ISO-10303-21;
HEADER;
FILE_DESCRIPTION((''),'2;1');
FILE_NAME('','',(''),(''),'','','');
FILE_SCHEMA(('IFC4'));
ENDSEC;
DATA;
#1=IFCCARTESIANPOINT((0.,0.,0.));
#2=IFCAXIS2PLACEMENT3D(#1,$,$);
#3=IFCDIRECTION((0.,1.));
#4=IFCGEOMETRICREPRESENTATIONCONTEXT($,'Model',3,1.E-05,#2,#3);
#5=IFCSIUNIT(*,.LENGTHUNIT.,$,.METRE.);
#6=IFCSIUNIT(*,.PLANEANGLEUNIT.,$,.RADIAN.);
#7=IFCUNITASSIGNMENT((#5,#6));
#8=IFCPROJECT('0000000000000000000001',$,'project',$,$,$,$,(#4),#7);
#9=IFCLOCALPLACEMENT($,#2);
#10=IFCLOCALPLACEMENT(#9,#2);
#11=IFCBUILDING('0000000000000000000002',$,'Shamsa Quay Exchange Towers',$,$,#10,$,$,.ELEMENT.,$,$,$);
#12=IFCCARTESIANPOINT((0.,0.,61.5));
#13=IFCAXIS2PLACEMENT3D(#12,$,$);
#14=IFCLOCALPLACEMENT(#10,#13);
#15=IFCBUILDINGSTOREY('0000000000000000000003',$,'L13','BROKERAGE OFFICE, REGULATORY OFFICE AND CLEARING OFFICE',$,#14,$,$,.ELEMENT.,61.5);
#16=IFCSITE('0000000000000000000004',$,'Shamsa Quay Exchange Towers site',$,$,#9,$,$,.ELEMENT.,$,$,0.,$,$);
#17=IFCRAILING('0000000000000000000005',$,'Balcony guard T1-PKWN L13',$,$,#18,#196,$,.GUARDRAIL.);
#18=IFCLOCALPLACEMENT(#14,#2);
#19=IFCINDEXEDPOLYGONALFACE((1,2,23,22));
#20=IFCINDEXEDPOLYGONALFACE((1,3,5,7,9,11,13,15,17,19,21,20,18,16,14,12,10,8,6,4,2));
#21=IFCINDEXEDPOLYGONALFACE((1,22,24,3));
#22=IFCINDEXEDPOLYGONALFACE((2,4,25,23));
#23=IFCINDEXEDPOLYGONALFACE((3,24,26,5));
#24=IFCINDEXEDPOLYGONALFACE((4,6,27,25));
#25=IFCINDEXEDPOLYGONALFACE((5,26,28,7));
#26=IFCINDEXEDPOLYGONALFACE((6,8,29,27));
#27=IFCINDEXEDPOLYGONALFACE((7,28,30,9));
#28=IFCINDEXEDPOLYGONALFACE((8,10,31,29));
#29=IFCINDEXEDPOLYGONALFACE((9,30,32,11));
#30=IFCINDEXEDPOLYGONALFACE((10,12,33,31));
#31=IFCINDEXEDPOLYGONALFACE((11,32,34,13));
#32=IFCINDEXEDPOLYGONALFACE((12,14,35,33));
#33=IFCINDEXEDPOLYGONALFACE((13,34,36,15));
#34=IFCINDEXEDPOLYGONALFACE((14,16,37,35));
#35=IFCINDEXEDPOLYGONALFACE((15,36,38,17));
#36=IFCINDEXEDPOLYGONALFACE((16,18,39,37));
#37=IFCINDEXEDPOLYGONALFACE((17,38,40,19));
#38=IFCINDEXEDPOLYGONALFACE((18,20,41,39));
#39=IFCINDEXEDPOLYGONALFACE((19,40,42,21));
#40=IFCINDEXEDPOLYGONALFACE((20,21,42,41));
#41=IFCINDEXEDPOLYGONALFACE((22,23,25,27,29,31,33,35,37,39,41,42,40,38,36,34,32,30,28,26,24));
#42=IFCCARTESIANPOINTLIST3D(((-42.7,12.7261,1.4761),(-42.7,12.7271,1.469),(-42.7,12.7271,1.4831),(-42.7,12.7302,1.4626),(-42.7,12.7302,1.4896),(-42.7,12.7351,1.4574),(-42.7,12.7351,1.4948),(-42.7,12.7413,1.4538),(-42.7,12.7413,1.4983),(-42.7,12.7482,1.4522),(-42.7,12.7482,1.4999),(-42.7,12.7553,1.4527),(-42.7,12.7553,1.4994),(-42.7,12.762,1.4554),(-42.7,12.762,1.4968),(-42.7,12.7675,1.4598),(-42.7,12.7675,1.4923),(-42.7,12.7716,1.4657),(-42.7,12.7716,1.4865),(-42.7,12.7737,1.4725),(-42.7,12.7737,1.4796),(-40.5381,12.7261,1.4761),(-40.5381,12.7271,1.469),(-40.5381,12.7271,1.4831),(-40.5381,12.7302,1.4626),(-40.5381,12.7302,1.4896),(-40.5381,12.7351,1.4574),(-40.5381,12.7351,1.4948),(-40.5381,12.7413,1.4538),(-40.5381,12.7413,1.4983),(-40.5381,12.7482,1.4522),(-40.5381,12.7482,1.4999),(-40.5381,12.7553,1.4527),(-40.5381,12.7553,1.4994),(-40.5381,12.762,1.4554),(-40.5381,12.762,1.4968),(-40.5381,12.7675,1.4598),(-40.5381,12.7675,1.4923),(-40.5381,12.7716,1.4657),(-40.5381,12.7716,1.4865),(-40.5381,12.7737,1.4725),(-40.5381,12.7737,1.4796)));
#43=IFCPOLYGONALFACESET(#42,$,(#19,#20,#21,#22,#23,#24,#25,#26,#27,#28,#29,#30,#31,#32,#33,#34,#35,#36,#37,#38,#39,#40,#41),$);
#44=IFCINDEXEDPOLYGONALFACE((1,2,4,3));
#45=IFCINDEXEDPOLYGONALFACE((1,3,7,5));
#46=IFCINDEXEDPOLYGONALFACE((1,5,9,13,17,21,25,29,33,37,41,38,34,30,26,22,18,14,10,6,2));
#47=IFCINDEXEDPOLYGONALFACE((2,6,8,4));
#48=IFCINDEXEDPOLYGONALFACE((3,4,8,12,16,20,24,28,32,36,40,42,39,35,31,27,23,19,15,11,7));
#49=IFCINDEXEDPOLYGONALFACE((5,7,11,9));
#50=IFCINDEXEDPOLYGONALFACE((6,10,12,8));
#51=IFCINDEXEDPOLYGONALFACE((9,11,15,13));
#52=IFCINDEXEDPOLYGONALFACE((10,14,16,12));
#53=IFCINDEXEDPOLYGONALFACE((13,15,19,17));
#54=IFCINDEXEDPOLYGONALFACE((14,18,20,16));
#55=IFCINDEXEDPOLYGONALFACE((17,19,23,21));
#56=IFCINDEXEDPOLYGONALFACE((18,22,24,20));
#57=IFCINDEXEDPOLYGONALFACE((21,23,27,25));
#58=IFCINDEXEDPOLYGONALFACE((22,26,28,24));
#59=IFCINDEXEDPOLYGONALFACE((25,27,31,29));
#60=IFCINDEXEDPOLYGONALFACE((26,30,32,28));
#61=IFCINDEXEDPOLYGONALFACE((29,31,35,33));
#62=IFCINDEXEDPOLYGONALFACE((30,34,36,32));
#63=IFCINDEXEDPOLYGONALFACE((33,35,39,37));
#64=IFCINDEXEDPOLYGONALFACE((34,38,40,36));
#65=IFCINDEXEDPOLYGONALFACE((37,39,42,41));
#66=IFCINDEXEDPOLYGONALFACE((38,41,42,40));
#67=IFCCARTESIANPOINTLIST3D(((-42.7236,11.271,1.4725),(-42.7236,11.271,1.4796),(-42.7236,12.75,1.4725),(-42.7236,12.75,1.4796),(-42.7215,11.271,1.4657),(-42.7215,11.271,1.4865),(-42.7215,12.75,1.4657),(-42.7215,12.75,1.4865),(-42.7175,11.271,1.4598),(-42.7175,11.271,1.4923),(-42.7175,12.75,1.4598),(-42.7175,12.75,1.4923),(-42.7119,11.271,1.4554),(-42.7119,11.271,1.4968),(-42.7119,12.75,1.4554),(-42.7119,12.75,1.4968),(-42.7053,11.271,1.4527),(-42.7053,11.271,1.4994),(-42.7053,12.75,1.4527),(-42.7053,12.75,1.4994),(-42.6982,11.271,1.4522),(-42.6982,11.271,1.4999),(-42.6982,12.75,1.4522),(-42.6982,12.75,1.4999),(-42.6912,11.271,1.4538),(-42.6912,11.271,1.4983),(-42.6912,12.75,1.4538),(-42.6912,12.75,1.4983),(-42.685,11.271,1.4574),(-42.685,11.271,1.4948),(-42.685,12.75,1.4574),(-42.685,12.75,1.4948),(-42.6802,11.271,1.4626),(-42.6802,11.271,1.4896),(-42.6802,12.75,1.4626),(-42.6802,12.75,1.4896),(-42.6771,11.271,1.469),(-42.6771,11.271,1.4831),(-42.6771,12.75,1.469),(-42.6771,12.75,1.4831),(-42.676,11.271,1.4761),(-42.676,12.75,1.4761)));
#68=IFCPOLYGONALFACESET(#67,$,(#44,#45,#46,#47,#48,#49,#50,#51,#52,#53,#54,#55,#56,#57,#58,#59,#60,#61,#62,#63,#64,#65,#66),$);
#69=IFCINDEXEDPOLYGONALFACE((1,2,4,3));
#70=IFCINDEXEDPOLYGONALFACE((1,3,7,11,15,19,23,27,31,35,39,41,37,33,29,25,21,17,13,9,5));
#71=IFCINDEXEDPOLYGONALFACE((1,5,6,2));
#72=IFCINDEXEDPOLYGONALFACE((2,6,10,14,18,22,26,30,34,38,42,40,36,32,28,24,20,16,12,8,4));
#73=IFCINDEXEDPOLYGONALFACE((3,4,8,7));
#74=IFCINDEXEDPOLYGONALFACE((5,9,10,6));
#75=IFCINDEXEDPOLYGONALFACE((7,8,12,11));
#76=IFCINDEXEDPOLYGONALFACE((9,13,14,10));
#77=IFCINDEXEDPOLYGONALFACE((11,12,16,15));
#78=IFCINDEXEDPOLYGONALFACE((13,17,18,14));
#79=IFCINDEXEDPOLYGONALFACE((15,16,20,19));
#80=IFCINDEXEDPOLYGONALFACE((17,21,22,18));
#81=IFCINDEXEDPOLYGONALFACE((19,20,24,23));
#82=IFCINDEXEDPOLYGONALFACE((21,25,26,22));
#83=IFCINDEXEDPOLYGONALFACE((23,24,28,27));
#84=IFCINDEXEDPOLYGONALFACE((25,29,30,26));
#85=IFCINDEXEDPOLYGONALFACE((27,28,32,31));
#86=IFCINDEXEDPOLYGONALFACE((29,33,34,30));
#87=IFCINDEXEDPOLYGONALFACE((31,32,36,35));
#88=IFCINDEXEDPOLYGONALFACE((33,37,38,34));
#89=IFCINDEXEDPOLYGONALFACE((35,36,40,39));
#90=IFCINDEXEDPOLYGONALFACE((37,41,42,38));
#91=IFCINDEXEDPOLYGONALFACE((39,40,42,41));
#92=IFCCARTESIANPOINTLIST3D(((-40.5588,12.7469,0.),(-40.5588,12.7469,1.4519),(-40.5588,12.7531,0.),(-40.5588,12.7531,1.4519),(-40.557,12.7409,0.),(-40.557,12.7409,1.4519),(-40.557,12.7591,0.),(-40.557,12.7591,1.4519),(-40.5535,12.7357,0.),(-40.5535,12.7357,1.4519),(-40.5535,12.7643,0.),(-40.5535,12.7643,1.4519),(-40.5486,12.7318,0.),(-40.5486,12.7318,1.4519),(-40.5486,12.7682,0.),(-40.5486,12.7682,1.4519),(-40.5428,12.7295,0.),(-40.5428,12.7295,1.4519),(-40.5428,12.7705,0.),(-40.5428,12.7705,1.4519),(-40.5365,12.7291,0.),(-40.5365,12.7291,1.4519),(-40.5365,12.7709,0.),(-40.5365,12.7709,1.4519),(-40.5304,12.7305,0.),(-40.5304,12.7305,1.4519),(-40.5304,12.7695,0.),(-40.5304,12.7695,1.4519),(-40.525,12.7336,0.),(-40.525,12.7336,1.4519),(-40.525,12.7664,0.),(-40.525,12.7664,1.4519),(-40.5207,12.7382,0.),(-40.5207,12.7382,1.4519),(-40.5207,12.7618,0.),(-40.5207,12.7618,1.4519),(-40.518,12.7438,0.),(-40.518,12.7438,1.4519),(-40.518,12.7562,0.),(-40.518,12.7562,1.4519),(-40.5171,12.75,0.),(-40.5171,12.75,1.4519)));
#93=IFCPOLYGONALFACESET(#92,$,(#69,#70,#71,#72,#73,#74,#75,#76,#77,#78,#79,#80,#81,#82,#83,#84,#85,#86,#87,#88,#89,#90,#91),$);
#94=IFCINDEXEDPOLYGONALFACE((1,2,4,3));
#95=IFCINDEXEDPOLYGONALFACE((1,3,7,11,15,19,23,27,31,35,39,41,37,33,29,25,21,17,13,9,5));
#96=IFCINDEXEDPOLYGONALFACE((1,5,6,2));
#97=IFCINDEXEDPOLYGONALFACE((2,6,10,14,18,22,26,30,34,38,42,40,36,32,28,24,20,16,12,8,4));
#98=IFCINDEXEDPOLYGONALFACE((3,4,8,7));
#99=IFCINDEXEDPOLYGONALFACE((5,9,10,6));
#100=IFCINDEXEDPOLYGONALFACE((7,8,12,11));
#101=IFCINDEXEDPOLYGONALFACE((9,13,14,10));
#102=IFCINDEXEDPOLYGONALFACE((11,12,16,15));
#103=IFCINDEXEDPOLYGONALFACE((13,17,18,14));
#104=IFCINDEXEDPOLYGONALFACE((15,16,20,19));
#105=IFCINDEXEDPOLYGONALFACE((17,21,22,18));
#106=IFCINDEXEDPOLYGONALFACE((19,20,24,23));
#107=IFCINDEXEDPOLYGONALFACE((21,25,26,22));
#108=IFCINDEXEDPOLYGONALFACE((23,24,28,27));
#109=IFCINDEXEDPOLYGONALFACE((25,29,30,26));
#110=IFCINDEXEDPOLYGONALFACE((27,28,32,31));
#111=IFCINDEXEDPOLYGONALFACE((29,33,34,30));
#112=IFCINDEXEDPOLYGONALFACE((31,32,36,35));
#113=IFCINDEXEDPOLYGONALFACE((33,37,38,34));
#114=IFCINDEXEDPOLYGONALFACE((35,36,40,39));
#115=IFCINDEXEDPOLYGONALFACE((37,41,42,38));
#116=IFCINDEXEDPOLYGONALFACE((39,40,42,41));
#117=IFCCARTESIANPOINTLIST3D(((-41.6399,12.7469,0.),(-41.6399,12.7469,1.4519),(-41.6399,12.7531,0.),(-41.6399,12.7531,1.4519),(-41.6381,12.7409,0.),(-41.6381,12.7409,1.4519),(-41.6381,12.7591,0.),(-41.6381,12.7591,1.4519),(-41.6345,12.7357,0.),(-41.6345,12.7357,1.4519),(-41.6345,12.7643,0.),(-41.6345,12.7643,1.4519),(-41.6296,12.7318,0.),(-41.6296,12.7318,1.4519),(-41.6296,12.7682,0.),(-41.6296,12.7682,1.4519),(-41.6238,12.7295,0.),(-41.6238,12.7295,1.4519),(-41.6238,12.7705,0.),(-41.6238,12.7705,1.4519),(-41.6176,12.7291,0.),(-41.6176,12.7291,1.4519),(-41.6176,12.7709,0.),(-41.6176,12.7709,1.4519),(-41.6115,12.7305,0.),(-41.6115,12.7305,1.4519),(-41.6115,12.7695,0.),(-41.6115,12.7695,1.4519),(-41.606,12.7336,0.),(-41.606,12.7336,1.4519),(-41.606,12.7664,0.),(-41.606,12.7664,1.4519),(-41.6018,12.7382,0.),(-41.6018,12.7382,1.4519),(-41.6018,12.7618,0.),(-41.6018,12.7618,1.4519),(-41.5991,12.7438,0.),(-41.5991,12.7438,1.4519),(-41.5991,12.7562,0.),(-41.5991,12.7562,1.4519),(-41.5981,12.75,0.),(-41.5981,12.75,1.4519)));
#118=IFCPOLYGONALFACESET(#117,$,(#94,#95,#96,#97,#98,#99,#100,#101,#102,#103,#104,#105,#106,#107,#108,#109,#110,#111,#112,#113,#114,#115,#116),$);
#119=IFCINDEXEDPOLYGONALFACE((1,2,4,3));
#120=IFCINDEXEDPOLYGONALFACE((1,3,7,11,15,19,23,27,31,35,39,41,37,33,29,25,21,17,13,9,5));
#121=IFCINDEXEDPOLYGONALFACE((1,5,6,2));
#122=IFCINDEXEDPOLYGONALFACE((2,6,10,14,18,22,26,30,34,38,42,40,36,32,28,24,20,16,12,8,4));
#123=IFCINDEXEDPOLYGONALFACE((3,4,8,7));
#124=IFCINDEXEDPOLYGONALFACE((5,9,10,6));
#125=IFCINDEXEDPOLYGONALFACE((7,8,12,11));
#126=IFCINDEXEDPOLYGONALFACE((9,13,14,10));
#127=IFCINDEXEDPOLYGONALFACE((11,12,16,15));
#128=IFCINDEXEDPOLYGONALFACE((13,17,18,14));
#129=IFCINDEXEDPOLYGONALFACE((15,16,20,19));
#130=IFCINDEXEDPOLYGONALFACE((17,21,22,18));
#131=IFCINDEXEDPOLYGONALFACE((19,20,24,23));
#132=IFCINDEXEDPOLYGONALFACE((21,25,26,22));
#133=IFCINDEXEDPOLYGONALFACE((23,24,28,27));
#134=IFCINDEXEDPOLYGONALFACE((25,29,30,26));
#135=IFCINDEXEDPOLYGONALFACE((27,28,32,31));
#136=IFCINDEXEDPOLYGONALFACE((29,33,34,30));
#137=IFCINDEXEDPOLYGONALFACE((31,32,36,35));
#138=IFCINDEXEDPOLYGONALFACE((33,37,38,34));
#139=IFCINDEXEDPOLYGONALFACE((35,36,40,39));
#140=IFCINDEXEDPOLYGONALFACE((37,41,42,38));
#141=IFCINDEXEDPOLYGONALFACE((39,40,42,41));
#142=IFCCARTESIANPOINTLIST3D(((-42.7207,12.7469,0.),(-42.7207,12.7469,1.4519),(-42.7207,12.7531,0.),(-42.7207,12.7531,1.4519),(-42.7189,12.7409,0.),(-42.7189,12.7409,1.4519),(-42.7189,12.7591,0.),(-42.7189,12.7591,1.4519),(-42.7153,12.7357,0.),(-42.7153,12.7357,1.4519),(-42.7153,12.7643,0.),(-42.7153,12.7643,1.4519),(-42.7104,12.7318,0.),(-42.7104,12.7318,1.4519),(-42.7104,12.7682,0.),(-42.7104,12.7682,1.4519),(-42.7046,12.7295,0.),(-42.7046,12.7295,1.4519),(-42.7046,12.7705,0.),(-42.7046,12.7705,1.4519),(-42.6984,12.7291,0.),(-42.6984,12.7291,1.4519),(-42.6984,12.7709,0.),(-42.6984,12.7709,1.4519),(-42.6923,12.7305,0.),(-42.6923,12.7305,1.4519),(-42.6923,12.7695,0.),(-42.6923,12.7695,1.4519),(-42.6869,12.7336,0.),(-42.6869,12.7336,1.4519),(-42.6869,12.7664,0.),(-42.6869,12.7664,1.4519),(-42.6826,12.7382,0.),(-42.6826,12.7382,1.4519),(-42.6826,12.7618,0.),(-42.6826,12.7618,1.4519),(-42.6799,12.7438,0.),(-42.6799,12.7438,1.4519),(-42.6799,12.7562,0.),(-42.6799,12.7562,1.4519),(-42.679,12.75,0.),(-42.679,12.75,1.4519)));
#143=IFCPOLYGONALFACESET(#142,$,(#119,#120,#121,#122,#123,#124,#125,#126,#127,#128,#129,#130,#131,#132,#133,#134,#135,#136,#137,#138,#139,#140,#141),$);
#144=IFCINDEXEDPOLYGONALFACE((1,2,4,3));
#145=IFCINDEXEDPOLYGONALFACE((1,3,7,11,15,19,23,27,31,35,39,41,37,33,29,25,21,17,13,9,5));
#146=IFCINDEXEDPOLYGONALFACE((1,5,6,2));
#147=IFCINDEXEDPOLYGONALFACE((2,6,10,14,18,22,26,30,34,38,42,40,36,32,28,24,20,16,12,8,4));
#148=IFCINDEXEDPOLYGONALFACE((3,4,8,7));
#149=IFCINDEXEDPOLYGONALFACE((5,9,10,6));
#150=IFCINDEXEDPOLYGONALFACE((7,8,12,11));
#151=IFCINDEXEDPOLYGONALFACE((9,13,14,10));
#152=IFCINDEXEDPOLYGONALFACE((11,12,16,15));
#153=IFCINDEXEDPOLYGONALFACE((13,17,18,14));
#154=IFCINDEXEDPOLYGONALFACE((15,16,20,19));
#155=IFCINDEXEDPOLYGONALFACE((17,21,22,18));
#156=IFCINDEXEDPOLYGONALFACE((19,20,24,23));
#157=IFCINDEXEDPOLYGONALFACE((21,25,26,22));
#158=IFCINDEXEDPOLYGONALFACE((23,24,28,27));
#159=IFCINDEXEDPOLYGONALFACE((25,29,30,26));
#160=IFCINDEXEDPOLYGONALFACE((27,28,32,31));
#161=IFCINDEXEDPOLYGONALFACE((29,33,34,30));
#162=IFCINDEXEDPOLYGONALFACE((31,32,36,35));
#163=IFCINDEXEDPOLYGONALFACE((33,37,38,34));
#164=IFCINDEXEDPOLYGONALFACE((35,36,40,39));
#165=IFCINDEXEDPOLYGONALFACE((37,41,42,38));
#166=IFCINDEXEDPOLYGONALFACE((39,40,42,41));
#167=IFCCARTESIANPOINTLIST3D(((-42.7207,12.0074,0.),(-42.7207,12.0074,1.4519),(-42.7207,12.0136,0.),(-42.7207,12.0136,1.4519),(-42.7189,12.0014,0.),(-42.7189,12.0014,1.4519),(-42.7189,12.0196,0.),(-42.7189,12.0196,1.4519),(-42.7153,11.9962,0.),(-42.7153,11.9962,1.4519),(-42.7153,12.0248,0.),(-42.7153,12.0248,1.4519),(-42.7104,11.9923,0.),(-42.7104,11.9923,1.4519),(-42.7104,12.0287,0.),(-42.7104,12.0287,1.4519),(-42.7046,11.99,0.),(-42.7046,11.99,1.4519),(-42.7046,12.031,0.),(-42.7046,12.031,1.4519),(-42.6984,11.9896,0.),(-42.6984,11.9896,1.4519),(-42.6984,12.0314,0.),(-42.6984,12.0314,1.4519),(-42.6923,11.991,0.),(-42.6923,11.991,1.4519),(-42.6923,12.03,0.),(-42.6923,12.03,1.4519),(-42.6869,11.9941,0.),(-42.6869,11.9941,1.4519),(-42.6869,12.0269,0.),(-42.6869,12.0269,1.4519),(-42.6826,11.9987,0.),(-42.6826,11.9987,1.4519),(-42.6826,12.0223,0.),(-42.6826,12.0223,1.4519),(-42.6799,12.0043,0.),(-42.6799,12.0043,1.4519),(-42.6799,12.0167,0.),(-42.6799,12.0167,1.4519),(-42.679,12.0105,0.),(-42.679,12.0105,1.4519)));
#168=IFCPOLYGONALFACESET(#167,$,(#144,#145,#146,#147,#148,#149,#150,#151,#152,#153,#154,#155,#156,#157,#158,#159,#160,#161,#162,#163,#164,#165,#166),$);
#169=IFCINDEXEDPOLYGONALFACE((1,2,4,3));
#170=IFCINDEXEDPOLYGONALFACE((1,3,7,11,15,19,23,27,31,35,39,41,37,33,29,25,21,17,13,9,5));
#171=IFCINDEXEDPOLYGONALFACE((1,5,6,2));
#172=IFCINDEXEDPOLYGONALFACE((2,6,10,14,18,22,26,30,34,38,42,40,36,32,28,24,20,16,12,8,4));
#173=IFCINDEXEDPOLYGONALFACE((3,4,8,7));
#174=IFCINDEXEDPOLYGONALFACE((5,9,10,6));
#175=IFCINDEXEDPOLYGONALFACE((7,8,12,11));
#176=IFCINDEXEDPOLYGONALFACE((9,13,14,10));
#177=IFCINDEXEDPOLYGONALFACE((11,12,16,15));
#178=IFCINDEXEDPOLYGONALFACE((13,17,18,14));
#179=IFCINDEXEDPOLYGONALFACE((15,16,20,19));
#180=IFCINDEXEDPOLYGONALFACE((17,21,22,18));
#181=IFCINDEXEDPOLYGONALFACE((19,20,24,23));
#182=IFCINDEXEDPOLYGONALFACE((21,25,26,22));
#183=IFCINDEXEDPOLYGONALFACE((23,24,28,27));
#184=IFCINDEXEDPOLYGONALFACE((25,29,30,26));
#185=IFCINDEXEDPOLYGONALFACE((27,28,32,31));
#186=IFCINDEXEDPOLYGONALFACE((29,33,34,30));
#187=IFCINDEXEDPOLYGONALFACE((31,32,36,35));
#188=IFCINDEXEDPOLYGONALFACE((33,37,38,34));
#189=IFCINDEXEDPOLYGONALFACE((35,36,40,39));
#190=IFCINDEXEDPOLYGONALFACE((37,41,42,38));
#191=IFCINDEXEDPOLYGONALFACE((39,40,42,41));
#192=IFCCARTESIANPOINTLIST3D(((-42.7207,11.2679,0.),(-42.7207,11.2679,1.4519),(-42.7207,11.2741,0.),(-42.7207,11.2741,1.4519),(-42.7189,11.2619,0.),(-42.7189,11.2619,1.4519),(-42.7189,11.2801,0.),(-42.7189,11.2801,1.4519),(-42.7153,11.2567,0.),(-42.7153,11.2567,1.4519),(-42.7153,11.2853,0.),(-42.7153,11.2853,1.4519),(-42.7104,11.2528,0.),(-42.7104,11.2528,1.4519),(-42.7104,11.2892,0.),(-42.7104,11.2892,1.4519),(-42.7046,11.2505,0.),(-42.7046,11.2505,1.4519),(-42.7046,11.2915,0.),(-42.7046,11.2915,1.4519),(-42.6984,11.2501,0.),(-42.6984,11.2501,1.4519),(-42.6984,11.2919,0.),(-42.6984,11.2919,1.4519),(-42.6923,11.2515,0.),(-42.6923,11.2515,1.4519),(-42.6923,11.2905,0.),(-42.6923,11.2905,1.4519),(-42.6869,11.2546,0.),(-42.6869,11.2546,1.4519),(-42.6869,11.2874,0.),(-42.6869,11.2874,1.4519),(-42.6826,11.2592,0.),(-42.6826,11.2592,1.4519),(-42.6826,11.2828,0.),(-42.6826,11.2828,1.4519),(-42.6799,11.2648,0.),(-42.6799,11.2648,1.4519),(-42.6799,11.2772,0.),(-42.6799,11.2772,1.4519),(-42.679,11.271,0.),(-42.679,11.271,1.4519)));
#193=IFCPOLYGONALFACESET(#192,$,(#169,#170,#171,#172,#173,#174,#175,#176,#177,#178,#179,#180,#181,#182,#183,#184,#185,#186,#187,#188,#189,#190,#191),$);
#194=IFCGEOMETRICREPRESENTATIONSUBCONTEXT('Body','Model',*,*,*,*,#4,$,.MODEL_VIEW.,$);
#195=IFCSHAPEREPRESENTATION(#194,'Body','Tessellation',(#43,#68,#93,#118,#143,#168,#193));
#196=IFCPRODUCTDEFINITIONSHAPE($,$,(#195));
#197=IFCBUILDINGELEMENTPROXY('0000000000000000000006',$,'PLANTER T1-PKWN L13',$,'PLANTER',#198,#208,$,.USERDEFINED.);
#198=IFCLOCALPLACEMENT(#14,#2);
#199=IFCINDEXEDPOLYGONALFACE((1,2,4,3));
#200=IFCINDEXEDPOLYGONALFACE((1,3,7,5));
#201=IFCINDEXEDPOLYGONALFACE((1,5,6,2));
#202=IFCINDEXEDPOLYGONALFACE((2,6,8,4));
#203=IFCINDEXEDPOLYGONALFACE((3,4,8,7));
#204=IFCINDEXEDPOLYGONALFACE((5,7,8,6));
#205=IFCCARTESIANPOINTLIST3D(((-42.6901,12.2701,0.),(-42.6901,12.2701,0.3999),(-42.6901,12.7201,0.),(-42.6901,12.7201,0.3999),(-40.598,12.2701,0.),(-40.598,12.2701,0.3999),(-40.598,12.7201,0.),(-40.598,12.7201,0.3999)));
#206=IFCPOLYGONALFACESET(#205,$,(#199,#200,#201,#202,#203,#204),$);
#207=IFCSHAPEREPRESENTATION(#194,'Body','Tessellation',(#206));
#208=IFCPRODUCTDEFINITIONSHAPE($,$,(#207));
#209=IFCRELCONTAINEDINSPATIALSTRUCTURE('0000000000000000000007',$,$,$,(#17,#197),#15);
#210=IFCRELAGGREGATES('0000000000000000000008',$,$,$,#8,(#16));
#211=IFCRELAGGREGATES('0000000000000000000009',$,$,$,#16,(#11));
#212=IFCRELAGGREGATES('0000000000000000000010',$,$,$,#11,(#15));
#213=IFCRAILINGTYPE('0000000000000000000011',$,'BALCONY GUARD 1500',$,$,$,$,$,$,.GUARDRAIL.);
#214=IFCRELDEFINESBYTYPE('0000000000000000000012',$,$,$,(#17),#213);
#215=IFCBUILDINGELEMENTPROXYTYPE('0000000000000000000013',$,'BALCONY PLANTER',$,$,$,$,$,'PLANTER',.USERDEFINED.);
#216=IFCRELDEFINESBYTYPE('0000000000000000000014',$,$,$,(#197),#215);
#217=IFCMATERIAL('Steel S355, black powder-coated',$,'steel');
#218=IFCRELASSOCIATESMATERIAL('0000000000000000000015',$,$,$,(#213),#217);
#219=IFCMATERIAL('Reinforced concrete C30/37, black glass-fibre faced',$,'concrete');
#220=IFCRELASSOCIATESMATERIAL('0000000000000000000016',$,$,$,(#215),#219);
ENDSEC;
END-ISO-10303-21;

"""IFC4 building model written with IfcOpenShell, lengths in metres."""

from ifc_helpers import new_model, si_unit, direction, frame, origin, origin_2d, place, context, subcontext, project, spatial, rectangle, circle, extrude, material, type_object, element, save


model = new_model("IFC4")

# Units and contexts
model_context = context("Model", 3, precision=1e-05, world=origin(), true_north=direction((0.0, 1.0)))
body_context = subcontext(model_context, "Body", "Model", "MODEL_VIEW")
ifc_project = project(units=[si_unit("LENGTHUNIT", "METRE"), si_unit("PLANEANGLEUNIT", "RADIAN")], contexts=[model_context])

# Site, building, storey
site_placement = place(None, origin())
site = spatial("IfcSite", under=ifc_project, at=site_placement, Name="Shamsa Quay Exchange Towers site", CompositionType="ELEMENT", RefElevation=0.0)
building_placement = place(site_placement, origin())
building = spatial("IfcBuilding", under=site, at=building_placement, Name="Shamsa Quay Exchange Towers", CompositionType="ELEMENT")
storey_placement = place(building_placement, frame((0.0, 0.0, 61.5)))
storey = spatial("IfcBuildingStorey", under=building, at=storey_placement, Name="L13", Description="BROKERAGE OFFICE, REGULATORY OFFICE AND CLEARING OFFICE", CompositionType="ELEMENT", Elevation=61.5)

# Railing
ifc_material_1 = material(Name="Steel S355, black powder-coated", Category="steel")
railing_type_1 = type_object("IfcRailingType", Name="BALCONY GUARD 1500", PredefinedType="GUARDRAIL", material=ifc_material_1)
railing_1_placement = place(storey_placement, frame((-40.5381, 12.75, 0.0)))
element("IfcRailing", 1, at=railing_1_placement, inside=storey, type_object=railing_type_1, Name="Balcony guard T1-PKWN L13", PredefinedType="GUARDRAIL", context=body_context, shape_type="SweptSolid", body=[
    extrude(circle(Radius=0.0239, at=origin_2d()), frame((0.0, 0.0, 1.4761), z_axis=(-1.0, 0.0, 0.0), x_axis=(0.0, -1.0, 0.0)), (0.0, 0.0, 1.0), 2.1619),
    extrude(circle(Radius=0.0239, at=origin_2d()), frame((-2.1619, 0.0, 1.4761), z_axis=(0.0, -1.0, 0.0), x_axis=(1.0, 0.0, 0.0)), (0.0, 0.0, 1.0), 1.479),
    extrude(circle(Radius=0.021, at=origin_2d()), origin(), (0.0, 0.0, 1.0), 1.4519),
    extrude(circle(Radius=0.021, at=origin_2d()), frame((-1.0811, 0.0, 0.0)), (0.0, 0.0, 1.0), 1.4519),
    extrude(circle(Radius=0.021, at=origin_2d()), frame((-2.1619, 0.0, 0.0)), (0.0, 0.0, 1.0), 1.4519),
    extrude(circle(Radius=0.021, at=origin_2d()), frame((-2.1619, -0.7395, 0.0)), (0.0, 0.0, 1.0), 1.4519),
    extrude(circle(Radius=0.021, at=origin_2d()), frame((-2.1619, -1.479, 0.0)), (0.0, 0.0, 1.0), 1.4519),
])

# Building element proxy
ifc_material_2 = material(Name="Reinforced concrete C30/37, black glass-fibre faced", Category="concrete")
building_element_proxy_type = type_object("IfcBuildingElementProxyType", Name="BALCONY PLANTER", ElementType="PLANTER", PredefinedType="USERDEFINED", material=ifc_material_2)
proxy_placement = place(storey_placement, frame((-41.644, 12.4951, 0.0), z_axis=(0.0, 0.0, 1.0), x_axis=(-1.0, 0.0, 0.0)))
element("IfcBuildingElementProxy", 2, at=proxy_placement, inside=storey, type_object=building_element_proxy_type, Name="PLANTER T1-PKWN L13", ObjectType="PLANTER", PredefinedType="USERDEFINED", context=body_context, shape_type="SweptSolid", body=[
    extrude(rectangle(XDim=2.092, YDim=0.45, at=origin_2d()), origin(), (0.0, 0.0, 1.0), 0.3999),
])

save(model, "model.ifc")
